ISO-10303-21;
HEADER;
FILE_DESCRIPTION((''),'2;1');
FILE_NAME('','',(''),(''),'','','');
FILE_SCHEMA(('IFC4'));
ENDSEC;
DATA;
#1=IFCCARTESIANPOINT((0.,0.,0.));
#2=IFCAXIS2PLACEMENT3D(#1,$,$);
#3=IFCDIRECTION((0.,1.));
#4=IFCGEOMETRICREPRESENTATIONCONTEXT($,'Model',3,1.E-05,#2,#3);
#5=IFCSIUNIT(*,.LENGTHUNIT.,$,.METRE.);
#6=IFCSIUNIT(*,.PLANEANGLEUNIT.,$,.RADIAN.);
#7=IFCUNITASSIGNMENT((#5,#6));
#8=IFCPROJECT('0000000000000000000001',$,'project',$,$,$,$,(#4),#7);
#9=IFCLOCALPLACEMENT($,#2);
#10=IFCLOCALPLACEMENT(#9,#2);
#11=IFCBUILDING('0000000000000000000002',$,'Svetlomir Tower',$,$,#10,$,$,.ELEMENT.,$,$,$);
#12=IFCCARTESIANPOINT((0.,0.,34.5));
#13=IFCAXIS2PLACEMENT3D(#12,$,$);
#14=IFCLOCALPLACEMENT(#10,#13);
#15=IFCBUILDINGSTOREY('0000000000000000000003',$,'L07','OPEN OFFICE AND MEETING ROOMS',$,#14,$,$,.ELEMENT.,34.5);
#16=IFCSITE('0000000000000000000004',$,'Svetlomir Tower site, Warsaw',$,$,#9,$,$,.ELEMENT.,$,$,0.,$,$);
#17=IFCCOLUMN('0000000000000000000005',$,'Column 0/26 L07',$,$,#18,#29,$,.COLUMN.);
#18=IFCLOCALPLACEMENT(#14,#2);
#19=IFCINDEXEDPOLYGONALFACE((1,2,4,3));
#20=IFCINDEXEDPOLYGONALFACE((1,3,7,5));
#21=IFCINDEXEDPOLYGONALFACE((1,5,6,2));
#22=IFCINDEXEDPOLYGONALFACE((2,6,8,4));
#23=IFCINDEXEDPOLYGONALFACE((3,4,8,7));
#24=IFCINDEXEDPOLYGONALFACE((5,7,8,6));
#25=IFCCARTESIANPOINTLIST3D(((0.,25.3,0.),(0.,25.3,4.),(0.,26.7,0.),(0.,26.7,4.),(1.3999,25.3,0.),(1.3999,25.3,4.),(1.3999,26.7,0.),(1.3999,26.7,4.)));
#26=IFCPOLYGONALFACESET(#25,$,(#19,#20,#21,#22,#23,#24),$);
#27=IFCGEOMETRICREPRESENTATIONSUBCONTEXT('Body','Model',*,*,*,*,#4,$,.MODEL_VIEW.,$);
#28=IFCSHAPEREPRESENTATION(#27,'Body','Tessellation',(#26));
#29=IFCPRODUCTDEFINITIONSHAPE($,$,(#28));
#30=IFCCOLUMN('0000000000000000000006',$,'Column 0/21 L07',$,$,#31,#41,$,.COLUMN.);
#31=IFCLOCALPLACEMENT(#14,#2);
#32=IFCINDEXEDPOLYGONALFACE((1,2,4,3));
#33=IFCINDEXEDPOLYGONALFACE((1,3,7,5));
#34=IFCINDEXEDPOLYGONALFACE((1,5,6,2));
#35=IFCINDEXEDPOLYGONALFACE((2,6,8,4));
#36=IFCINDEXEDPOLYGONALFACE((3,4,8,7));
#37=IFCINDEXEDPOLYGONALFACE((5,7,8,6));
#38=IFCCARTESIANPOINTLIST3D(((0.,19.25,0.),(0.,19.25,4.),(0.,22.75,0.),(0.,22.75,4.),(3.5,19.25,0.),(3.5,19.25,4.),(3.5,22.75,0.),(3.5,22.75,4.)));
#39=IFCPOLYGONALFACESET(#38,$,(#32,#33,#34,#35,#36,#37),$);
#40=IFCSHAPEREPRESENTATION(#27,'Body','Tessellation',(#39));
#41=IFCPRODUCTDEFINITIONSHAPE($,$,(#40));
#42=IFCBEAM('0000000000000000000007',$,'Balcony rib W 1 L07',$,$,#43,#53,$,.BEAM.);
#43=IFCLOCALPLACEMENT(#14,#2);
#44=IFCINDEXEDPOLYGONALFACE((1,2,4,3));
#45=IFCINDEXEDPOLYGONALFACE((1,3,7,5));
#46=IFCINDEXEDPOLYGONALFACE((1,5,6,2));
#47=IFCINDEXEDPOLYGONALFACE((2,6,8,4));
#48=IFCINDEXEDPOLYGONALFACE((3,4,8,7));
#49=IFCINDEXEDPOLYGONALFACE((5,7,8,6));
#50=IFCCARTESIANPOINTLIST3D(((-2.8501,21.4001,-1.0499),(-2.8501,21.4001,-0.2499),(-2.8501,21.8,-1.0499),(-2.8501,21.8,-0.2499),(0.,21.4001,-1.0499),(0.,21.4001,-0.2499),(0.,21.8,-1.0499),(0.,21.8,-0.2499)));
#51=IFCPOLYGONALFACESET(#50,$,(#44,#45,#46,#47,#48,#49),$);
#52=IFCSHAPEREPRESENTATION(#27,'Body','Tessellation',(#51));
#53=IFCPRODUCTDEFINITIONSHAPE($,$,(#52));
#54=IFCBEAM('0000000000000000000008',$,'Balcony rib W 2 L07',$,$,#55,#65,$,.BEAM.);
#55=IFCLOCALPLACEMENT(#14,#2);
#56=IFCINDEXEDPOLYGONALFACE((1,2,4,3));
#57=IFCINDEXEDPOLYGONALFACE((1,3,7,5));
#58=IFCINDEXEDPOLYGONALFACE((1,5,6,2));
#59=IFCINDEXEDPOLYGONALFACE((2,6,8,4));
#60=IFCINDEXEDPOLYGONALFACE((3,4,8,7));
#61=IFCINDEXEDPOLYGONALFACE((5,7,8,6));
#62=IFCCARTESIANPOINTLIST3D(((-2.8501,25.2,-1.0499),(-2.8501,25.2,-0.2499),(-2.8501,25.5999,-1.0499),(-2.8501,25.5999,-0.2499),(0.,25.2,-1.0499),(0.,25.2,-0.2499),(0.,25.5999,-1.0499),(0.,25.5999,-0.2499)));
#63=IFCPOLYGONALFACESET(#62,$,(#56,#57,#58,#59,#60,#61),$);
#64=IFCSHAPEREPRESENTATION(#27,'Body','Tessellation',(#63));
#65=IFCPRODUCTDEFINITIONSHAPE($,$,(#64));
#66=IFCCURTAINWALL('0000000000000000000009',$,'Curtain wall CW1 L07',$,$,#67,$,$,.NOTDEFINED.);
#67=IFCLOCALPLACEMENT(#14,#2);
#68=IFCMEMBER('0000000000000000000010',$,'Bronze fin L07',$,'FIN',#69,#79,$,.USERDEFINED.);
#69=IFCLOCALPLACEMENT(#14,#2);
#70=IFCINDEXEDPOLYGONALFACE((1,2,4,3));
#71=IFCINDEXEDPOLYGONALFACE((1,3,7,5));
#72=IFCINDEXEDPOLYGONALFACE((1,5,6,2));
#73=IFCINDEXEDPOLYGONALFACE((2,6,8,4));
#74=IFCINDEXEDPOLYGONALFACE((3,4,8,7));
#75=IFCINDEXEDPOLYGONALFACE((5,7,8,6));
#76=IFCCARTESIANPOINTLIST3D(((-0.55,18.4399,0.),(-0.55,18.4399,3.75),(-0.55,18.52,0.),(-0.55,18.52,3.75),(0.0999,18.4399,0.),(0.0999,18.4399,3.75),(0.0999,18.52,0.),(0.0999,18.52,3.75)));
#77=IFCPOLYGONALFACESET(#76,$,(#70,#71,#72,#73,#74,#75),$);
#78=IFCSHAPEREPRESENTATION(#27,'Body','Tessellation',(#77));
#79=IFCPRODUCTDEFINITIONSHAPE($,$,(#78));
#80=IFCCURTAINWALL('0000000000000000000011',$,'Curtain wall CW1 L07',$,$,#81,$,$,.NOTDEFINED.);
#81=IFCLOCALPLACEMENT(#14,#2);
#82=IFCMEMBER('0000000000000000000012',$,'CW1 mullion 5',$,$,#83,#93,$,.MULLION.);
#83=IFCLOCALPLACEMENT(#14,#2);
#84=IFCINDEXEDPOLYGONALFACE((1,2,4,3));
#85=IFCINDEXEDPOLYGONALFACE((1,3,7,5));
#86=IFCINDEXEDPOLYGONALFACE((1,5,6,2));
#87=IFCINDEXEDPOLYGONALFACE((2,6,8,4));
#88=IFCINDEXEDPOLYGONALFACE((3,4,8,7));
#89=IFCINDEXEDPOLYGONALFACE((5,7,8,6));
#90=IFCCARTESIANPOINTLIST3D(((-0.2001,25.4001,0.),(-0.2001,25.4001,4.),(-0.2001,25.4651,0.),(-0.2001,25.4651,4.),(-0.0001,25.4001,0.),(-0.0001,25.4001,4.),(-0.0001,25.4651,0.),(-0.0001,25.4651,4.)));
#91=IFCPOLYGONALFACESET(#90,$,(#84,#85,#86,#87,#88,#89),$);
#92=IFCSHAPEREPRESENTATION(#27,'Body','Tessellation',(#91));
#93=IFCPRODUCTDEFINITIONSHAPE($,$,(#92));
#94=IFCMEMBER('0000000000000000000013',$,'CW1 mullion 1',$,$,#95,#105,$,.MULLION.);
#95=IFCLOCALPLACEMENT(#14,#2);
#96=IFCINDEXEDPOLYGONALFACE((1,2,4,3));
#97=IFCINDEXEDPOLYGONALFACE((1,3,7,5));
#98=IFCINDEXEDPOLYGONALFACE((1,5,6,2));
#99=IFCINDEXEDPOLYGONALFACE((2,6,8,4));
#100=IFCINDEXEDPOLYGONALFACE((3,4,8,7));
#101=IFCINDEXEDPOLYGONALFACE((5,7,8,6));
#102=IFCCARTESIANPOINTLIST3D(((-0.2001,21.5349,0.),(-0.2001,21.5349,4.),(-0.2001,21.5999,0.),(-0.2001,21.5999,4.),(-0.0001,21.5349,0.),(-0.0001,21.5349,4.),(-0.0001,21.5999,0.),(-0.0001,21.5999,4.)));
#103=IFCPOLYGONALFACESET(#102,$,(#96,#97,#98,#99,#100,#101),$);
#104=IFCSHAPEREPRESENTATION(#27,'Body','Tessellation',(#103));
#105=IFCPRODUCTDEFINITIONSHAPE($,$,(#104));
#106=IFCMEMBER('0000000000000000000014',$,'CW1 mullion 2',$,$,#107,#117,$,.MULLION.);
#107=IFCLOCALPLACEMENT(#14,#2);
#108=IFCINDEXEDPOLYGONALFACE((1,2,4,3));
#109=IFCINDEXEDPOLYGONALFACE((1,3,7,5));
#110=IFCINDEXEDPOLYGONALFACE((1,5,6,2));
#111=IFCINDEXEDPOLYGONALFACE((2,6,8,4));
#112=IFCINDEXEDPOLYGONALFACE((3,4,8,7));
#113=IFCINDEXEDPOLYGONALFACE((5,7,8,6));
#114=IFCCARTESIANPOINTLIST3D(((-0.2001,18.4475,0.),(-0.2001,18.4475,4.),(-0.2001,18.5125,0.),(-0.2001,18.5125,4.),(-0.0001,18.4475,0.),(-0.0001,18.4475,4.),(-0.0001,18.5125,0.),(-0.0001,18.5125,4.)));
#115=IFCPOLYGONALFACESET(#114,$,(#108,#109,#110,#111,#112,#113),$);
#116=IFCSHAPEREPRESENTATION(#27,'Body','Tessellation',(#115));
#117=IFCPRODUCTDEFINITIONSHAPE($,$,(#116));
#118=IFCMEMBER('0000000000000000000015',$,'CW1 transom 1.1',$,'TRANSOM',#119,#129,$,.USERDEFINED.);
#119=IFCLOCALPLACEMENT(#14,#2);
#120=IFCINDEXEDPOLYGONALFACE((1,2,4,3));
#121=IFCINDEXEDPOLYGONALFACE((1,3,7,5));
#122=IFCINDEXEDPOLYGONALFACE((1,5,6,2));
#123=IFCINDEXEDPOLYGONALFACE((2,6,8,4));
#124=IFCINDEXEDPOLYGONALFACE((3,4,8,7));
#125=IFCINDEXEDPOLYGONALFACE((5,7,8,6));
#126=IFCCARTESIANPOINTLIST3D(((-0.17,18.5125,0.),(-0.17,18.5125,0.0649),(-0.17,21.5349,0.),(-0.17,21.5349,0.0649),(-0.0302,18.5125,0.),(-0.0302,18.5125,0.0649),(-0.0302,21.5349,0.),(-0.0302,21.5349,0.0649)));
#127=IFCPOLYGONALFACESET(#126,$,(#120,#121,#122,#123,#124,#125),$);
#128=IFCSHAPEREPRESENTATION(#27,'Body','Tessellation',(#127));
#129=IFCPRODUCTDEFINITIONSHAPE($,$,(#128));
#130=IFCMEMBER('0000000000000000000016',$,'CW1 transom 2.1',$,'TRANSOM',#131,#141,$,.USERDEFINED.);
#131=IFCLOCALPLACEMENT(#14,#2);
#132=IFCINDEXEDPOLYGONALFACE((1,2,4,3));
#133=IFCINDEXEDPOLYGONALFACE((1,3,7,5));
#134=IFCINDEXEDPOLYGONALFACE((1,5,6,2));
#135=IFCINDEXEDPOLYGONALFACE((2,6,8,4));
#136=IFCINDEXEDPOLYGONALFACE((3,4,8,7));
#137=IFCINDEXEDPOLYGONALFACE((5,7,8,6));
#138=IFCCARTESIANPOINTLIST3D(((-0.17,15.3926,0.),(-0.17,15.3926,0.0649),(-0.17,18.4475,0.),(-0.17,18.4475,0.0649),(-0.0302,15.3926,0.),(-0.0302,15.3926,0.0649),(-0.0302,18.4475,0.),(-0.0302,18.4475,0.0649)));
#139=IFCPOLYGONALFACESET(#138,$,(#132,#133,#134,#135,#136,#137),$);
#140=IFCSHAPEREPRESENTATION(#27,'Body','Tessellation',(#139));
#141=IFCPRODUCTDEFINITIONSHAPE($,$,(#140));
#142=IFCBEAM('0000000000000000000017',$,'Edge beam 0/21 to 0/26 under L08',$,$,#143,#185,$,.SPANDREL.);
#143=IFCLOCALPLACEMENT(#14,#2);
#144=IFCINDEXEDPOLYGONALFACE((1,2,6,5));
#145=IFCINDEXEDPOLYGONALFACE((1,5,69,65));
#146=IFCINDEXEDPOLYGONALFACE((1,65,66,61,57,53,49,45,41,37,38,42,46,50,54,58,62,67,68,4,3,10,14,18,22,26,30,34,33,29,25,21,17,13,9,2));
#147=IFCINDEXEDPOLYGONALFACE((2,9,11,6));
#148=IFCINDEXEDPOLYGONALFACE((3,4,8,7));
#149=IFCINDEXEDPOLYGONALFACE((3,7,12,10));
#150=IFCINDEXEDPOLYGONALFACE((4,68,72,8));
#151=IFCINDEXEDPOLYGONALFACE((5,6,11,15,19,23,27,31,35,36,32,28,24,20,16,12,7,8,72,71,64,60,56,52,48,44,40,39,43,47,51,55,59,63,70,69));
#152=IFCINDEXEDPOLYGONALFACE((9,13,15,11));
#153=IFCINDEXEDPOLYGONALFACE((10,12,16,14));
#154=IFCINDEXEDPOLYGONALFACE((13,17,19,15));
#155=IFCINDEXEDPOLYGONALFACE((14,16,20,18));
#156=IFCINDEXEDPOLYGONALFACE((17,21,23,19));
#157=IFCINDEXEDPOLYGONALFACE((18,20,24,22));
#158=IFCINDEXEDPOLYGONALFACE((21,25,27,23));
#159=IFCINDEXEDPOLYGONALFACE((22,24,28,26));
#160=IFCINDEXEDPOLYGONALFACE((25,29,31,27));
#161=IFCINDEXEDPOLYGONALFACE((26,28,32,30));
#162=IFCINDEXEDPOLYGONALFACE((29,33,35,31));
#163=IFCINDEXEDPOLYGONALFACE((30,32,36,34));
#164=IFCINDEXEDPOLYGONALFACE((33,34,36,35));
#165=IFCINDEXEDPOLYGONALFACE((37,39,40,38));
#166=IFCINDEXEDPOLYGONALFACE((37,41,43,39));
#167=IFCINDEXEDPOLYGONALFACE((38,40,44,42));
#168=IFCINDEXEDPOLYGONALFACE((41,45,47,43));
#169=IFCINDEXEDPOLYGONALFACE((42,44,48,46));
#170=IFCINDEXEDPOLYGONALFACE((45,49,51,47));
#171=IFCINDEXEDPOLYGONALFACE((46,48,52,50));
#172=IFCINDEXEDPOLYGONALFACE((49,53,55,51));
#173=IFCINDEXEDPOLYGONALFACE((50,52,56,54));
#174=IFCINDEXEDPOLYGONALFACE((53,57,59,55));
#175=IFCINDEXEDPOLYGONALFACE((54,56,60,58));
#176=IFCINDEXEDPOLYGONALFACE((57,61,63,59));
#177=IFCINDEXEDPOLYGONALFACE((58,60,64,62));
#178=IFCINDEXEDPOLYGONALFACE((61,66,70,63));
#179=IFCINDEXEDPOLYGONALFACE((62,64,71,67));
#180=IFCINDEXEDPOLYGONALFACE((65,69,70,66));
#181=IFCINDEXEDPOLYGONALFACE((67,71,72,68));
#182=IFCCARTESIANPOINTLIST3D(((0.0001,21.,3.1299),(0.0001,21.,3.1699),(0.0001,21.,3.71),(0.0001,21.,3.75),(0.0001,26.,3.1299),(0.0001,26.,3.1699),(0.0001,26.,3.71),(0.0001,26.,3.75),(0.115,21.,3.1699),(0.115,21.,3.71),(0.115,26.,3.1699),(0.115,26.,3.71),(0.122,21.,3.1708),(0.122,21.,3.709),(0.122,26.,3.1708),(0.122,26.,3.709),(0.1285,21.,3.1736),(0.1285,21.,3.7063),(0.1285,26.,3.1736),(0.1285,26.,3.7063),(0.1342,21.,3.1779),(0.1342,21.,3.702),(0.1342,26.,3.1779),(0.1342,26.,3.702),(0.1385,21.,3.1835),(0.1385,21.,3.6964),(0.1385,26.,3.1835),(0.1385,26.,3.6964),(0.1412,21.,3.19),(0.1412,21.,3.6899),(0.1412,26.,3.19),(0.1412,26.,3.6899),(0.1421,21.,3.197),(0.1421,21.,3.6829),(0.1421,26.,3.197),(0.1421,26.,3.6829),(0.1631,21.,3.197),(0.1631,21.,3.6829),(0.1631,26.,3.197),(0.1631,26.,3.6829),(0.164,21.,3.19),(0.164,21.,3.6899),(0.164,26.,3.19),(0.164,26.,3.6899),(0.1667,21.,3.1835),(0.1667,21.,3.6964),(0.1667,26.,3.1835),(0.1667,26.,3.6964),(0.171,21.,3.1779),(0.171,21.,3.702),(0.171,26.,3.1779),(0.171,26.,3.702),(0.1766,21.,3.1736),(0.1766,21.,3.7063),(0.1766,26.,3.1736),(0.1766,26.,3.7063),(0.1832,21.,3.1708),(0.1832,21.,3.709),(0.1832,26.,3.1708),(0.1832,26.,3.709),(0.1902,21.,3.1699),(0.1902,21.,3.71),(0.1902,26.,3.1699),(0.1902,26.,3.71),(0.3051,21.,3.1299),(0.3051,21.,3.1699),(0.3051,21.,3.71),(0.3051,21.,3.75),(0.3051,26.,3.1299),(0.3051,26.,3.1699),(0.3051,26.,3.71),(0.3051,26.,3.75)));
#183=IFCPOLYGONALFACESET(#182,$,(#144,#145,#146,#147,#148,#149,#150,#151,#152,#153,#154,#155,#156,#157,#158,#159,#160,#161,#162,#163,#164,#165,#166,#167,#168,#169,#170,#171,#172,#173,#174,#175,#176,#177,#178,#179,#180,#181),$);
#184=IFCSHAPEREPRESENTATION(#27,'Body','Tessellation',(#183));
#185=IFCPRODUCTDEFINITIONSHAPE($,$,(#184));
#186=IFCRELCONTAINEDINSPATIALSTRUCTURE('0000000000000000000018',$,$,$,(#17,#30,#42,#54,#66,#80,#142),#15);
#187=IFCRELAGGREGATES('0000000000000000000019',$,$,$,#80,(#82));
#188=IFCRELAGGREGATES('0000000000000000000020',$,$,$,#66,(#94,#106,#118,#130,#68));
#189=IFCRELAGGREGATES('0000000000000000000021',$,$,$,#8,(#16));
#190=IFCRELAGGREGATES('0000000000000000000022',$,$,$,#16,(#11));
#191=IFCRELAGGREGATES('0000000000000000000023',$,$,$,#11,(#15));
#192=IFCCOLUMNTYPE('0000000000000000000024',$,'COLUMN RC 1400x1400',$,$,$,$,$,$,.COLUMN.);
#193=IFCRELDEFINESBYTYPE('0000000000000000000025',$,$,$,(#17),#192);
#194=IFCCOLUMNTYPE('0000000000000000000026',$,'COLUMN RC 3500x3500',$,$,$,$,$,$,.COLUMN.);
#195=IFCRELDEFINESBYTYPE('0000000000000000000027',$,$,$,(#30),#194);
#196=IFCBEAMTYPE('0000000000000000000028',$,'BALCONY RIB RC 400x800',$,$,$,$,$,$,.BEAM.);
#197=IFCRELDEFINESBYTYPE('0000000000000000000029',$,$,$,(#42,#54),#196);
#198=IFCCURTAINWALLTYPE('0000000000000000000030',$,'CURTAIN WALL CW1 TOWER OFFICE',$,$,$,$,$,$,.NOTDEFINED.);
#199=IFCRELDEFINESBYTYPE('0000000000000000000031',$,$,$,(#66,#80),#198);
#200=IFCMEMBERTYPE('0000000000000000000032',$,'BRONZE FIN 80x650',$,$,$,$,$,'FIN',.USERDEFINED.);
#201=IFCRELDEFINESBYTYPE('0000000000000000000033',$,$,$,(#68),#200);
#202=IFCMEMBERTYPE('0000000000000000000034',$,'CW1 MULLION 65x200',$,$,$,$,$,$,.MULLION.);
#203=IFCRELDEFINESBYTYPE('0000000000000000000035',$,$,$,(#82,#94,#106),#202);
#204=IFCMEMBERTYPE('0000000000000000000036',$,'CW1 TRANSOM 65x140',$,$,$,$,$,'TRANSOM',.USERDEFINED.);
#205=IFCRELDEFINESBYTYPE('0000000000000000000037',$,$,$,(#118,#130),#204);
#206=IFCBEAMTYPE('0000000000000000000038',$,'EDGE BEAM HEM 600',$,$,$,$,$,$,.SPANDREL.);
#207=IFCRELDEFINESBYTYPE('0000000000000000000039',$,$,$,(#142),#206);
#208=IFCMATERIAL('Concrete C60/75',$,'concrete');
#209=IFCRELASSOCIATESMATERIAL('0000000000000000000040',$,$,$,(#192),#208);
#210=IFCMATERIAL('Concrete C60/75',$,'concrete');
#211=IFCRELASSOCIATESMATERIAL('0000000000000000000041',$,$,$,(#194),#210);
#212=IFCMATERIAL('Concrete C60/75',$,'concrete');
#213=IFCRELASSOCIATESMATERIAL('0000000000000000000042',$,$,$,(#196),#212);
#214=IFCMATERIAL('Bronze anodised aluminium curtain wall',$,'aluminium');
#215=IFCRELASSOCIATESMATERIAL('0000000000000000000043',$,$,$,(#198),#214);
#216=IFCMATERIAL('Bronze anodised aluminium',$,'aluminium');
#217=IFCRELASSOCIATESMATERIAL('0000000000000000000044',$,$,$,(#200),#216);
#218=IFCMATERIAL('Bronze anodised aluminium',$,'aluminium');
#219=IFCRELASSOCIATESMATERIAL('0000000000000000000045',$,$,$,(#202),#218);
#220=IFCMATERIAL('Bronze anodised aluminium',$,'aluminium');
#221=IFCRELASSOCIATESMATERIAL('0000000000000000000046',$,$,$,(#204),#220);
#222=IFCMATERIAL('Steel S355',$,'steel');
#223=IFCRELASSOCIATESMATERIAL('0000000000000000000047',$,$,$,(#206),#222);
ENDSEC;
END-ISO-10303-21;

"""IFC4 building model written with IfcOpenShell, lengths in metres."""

from ifc_helpers import new_model, si_unit, direction, frame, origin, origin_2d, place, context, subcontext, project, spatial, rectangle, i_section, extrude, material, material_profile, profile_set, type_object, element, aggregate, save


model = new_model("IFC4")

# Units and contexts
model_context = context("Model", 3, precision=1e-05, world=origin(), true_north=direction((0.0, 1.0)))
body_context = subcontext(model_context, "Body", "Model", "MODEL_VIEW")
ifc_project = project(units=[si_unit("LENGTHUNIT", "METRE"), si_unit("PLANEANGLEUNIT", "RADIAN")], contexts=[model_context])

# Site, building, storey
site_placement = place(None, origin())
site = spatial("IfcSite", under=ifc_project, at=site_placement, Name="Svetlomir Tower site, Warsaw", CompositionType="ELEMENT", RefElevation=0.0)
building_placement = place(site_placement, origin())
building = spatial("IfcBuilding", under=site, at=building_placement, Name="Svetlomir Tower", CompositionType="ELEMENT")
storey_placement = place(building_placement, frame((0.0, 0.0, 34.5)))
storey = spatial("IfcBuildingStorey", under=building, at=storey_placement, Name="L07", Description="OPEN OFFICE AND MEETING ROOMS", CompositionType="ELEMENT", Elevation=34.5)

# Columns
ifc_material_1 = material(Name="Concrete C60/75", Category="concrete")
ifc_material_profile_1 = material_profile(ifc_material_1, rectangle(XDim=1.3999, YDim=1.3999, at=origin_2d()), Name="RC 1400x1400")
ifc_profile_set_1 = profile_set([ifc_material_profile_1], Name="Concrete C60/75")
column_type_1 = type_object("IfcColumnType", Name="COLUMN RC 1400x1400", PredefinedType="COLUMN", material=ifc_profile_set_1)
column_1_placement = place(storey_placement, frame((0.7, 26.0, 0.0), z_axis=(0.0, 0.0, 1.0), x_axis=(1.0, 0.0, 0.0)))
element("IfcColumn", 1, at=column_1_placement, inside=storey, type_object=column_type_1, Name="Column 0/26 L07", PredefinedType="COLUMN", context=body_context, shape_type="SweptSolid", body=[
    extrude(rectangle(XDim=1.3999, YDim=1.3999, at=origin_2d()), origin(), (0.0, 0.0, 1.0), 4.0),
])
ifc_material_2 = material(Name="Concrete C60/75", Category="concrete")
ifc_material_profile_2 = material_profile(ifc_material_2, rectangle(XDim=3.5, YDim=3.5, at=origin_2d()), Name="RC 3500x3500")
ifc_profile_set_2 = profile_set([ifc_material_profile_2], Name="Concrete C60/75")
column_type_2 = type_object("IfcColumnType", Name="COLUMN RC 3500x3500", PredefinedType="COLUMN", material=ifc_profile_set_2)
column_2_placement = place(storey_placement, frame((1.75, 21.0, 0.0), z_axis=(0.0, 0.0, 1.0), x_axis=(1.0, 0.0, 0.0)))
element("IfcColumn", 2, at=column_2_placement, inside=storey, type_object=column_type_2, Name="Column 0/21 L07", PredefinedType="COLUMN", context=body_context, shape_type="SweptSolid", body=[
    extrude(rectangle(XDim=3.5, YDim=3.5, at=origin_2d()), origin(), (0.0, 0.0, 1.0), 4.0),
])

# Beams
ifc_material_3 = material(Name="Concrete C60/75", Category="concrete")
ifc_material_profile_3 = material_profile(ifc_material_3, rectangle(XDim=0.3999, YDim=0.8, at=origin_2d()), Name="RC 400x800")
ifc_profile_set_3 = profile_set([ifc_material_profile_3], Name="Concrete C60/75")
beam_type_1 = type_object("IfcBeamType", Name="BALCONY RIB RC 400x800", PredefinedType="BEAM", material=ifc_profile_set_3)
for number, where, z_axis, x_axis, name in (
    (3, (0.0, 21.6001, -0.6499), (-1.0, 0.0, 0.0), (0.0, -1.0, 0.0), "Balcony rib W 1 L07"),
    (4, (0.0, 25.3999, -0.6499), (-1.0, 0.0, 0.0), (0.0, -1.0, 0.0), "Balcony rib W 2 L07"),
):
    element("IfcBeam", number, at=place(storey_placement, frame(where, z_axis=z_axis, x_axis=x_axis)), inside=storey, type_object=beam_type_1, Name=name, PredefinedType="BEAM", context=body_context, shape_type="SweptSolid", body=[
        extrude(rectangle(XDim=0.3999, YDim=0.8, at=origin_2d()), origin(), (0.0, 0.0, 1.0), 2.8501),
    ])

# Curtain walls, members
ifc_material_4 = material(Name="Bronze anodised aluminium curtain wall", Category="aluminium")
curtain_wall_type = type_object("IfcCurtainWallType", Name="CURTAIN WALL CW1 TOWER OFFICE", PredefinedType="NOTDEFINED", material=ifc_material_4)
curtain_wall_1_placement = place(storey_placement, origin())
curtain_wall_1 = element("IfcCurtainWall", 5, at=curtain_wall_1_placement, inside=storey, type_object=curtain_wall_type, Name="Curtain wall CW1 L07", PredefinedType="NOTDEFINED")
ifc_material_5 = material(Name="Bronze anodised aluminium", Category="aluminium")
ifc_material_profile_4 = material_profile(ifc_material_5, rectangle(XDim=0.0801, YDim=0.6499, at=origin_2d()), Name="FIN 80x650")
ifc_profile_set_4 = profile_set([ifc_material_profile_4], Name="Bronze anodised aluminium 6063-T6")
member_type_1 = type_object("IfcMemberType", Name="BRONZE FIN 80x650", ElementType="FIN", PredefinedType="USERDEFINED", material=ifc_profile_set_4)
member_1_placement = place(storey_placement, frame((-0.2251, 18.48, 0.0), z_axis=(0.0, 0.0, 1.0), x_axis=(0.0, 1.0, 0.0)))
member_1 = element("IfcMember", 6, at=member_1_placement, type_object=member_type_1, Name="Bronze fin L07", ObjectType="FIN", PredefinedType="USERDEFINED", context=body_context, shape_type="SweptSolid", body=[
    extrude(rectangle(XDim=0.0801, YDim=0.6499, at=origin_2d()), origin(), (0.0, 0.0, 1.0), 3.75),
])
curtain_wall_2_placement = place(storey_placement, origin())
curtain_wall_2 = element("IfcCurtainWall", 7, at=curtain_wall_2_placement, inside=storey, type_object=curtain_wall_type, Name="Curtain wall CW1 L07", PredefinedType="NOTDEFINED")
ifc_material_6 = material(Name="Bronze anodised aluminium", Category="aluminium")
ifc_material_profile_5 = material_profile(ifc_material_6, rectangle(XDim=0.0649, YDim=0.2, at=origin_2d()), Name="AL 65x200")
ifc_profile_set_5 = profile_set([ifc_material_profile_5], Name="Bronze anodised aluminium 6063-T6")
member_type_2 = type_object("IfcMemberType", Name="CW1 MULLION 65x200", PredefinedType="MULLION", material=ifc_profile_set_5)
member_2_placement = place(storey_placement, frame((-0.1001, 25.4326, 0.0), z_axis=(0.0, 0.0, 1.0), x_axis=(0.0, -1.0, 0.0)))
member_2 = element("IfcMember", 8, at=member_2_placement, type_object=member_type_2, Name="CW1 mullion 5", PredefinedType="MULLION", context=body_context, shape_type="SweptSolid", body=[
    extrude(rectangle(XDim=0.0649, YDim=0.2, at=origin_2d()), origin(), (0.0, 0.0, 1.0), 4.0),
])

# Members
member_3_placement = place(storey_placement, frame((-0.1001, 21.5674, 0.0), z_axis=(0.0, 0.0, 1.0), x_axis=(0.0, -1.0, 0.0)))
member_3 = element("IfcMember", 9, at=member_3_placement, type_object=member_type_2, Name="CW1 mullion 1", PredefinedType="MULLION", context=body_context, shape_type="SweptSolid", body=[
    extrude(rectangle(XDim=0.0649, YDim=0.2, at=origin_2d()), origin(), (0.0, 0.0, 1.0), 4.0),
])
member_4_placement = place(storey_placement, frame((-0.1001, 18.48, 0.0), z_axis=(0.0, 0.0, 1.0), x_axis=(0.0, -1.0, 0.0)))
member_4 = element("IfcMember", 10, at=member_4_placement, type_object=member_type_2, Name="CW1 mullion 2", PredefinedType="MULLION", context=body_context, shape_type="SweptSolid", body=[
    extrude(rectangle(XDim=0.0649, YDim=0.2, at=origin_2d()), origin(), (0.0, 0.0, 1.0), 4.0),
])
ifc_material_7 = material(Name="Bronze anodised aluminium", Category="aluminium")
ifc_material_profile_6 = material_profile(ifc_material_7, rectangle(XDim=0.1399, YDim=0.0649, at=origin_2d()), Name="AL 140x65")
ifc_profile_set_6 = profile_set([ifc_material_profile_6], Name="Bronze anodised aluminium 6063-T6")
member_type_3 = type_object("IfcMemberType", Name="CW1 TRANSOM 65x140", ElementType="TRANSOM", PredefinedType="USERDEFINED", material=ifc_profile_set_6)
member_5_placement = place(storey_placement, frame((-0.1001, 21.5349, 0.0325), z_axis=(0.0, -1.0, 0.0), x_axis=(1.0, 0.0, 0.0)))
member_5 = element("IfcMember", 11, at=member_5_placement, type_object=member_type_3, Name="CW1 transom 1.1", ObjectType="TRANSOM", PredefinedType="USERDEFINED", context=body_context, shape_type="SweptSolid", body=[
    extrude(rectangle(XDim=0.1399, YDim=0.0649, at=origin_2d()), origin(), (0.0, 0.0, 1.0), 3.0225),
])
member_6_placement = place(storey_placement, frame((-0.1001, 18.4475, 0.0325), z_axis=(0.0, -1.0, 0.0), x_axis=(1.0, 0.0, 0.0)))
member_6 = element("IfcMember", 12, at=member_6_placement, type_object=member_type_3, Name="CW1 transom 2.1", ObjectType="TRANSOM", PredefinedType="USERDEFINED", context=body_context, shape_type="SweptSolid", body=[
    extrude(rectangle(XDim=0.1399, YDim=0.0649, at=origin_2d()), origin(), (0.0, 0.0, 1.0), 3.0549),
])

# Beam
ifc_material_8 = material(Name="Steel S355", Category="steel")
ifc_material_profile_7 = material_profile(ifc_material_8, i_section(OverallWidth=0.3049, OverallDepth=0.6201, WebThickness=0.021, FlangeThickness=0.04, FilletRadius=0.0271, at=origin_2d()), Name="HEM 600")
ifc_profile_set_7 = profile_set([ifc_material_profile_7], Name="Steel S355")
beam_type_2 = type_object("IfcBeamType", Name="EDGE BEAM HEM 600", PredefinedType="SPANDREL", material=ifc_profile_set_7)
beam_1_placement = place(storey_placement, frame((0.1526, 21.0, 3.4399), z_axis=(0.0, 1.0, 0.0), x_axis=(-1.0, 0.0, 0.0)))
element("IfcBeam", 13, at=beam_1_placement, inside=storey, type_object=beam_type_2, Name="Edge beam 0/21 to 0/26 under L08", PredefinedType="SPANDREL", context=body_context, shape_type="SweptSolid", body=[
    extrude(i_section(OverallWidth=0.3049, OverallDepth=0.6201, WebThickness=0.021, FlangeThickness=0.04, FilletRadius=0.0271, at=origin_2d()), origin(), (0.0, 0.0, 1.0), 5.0),
])

aggregate(curtain_wall_2, [member_2])
aggregate(curtain_wall_1, [member_3, member_4, member_5, member_6, member_1])

save(model, "model.ifc")
